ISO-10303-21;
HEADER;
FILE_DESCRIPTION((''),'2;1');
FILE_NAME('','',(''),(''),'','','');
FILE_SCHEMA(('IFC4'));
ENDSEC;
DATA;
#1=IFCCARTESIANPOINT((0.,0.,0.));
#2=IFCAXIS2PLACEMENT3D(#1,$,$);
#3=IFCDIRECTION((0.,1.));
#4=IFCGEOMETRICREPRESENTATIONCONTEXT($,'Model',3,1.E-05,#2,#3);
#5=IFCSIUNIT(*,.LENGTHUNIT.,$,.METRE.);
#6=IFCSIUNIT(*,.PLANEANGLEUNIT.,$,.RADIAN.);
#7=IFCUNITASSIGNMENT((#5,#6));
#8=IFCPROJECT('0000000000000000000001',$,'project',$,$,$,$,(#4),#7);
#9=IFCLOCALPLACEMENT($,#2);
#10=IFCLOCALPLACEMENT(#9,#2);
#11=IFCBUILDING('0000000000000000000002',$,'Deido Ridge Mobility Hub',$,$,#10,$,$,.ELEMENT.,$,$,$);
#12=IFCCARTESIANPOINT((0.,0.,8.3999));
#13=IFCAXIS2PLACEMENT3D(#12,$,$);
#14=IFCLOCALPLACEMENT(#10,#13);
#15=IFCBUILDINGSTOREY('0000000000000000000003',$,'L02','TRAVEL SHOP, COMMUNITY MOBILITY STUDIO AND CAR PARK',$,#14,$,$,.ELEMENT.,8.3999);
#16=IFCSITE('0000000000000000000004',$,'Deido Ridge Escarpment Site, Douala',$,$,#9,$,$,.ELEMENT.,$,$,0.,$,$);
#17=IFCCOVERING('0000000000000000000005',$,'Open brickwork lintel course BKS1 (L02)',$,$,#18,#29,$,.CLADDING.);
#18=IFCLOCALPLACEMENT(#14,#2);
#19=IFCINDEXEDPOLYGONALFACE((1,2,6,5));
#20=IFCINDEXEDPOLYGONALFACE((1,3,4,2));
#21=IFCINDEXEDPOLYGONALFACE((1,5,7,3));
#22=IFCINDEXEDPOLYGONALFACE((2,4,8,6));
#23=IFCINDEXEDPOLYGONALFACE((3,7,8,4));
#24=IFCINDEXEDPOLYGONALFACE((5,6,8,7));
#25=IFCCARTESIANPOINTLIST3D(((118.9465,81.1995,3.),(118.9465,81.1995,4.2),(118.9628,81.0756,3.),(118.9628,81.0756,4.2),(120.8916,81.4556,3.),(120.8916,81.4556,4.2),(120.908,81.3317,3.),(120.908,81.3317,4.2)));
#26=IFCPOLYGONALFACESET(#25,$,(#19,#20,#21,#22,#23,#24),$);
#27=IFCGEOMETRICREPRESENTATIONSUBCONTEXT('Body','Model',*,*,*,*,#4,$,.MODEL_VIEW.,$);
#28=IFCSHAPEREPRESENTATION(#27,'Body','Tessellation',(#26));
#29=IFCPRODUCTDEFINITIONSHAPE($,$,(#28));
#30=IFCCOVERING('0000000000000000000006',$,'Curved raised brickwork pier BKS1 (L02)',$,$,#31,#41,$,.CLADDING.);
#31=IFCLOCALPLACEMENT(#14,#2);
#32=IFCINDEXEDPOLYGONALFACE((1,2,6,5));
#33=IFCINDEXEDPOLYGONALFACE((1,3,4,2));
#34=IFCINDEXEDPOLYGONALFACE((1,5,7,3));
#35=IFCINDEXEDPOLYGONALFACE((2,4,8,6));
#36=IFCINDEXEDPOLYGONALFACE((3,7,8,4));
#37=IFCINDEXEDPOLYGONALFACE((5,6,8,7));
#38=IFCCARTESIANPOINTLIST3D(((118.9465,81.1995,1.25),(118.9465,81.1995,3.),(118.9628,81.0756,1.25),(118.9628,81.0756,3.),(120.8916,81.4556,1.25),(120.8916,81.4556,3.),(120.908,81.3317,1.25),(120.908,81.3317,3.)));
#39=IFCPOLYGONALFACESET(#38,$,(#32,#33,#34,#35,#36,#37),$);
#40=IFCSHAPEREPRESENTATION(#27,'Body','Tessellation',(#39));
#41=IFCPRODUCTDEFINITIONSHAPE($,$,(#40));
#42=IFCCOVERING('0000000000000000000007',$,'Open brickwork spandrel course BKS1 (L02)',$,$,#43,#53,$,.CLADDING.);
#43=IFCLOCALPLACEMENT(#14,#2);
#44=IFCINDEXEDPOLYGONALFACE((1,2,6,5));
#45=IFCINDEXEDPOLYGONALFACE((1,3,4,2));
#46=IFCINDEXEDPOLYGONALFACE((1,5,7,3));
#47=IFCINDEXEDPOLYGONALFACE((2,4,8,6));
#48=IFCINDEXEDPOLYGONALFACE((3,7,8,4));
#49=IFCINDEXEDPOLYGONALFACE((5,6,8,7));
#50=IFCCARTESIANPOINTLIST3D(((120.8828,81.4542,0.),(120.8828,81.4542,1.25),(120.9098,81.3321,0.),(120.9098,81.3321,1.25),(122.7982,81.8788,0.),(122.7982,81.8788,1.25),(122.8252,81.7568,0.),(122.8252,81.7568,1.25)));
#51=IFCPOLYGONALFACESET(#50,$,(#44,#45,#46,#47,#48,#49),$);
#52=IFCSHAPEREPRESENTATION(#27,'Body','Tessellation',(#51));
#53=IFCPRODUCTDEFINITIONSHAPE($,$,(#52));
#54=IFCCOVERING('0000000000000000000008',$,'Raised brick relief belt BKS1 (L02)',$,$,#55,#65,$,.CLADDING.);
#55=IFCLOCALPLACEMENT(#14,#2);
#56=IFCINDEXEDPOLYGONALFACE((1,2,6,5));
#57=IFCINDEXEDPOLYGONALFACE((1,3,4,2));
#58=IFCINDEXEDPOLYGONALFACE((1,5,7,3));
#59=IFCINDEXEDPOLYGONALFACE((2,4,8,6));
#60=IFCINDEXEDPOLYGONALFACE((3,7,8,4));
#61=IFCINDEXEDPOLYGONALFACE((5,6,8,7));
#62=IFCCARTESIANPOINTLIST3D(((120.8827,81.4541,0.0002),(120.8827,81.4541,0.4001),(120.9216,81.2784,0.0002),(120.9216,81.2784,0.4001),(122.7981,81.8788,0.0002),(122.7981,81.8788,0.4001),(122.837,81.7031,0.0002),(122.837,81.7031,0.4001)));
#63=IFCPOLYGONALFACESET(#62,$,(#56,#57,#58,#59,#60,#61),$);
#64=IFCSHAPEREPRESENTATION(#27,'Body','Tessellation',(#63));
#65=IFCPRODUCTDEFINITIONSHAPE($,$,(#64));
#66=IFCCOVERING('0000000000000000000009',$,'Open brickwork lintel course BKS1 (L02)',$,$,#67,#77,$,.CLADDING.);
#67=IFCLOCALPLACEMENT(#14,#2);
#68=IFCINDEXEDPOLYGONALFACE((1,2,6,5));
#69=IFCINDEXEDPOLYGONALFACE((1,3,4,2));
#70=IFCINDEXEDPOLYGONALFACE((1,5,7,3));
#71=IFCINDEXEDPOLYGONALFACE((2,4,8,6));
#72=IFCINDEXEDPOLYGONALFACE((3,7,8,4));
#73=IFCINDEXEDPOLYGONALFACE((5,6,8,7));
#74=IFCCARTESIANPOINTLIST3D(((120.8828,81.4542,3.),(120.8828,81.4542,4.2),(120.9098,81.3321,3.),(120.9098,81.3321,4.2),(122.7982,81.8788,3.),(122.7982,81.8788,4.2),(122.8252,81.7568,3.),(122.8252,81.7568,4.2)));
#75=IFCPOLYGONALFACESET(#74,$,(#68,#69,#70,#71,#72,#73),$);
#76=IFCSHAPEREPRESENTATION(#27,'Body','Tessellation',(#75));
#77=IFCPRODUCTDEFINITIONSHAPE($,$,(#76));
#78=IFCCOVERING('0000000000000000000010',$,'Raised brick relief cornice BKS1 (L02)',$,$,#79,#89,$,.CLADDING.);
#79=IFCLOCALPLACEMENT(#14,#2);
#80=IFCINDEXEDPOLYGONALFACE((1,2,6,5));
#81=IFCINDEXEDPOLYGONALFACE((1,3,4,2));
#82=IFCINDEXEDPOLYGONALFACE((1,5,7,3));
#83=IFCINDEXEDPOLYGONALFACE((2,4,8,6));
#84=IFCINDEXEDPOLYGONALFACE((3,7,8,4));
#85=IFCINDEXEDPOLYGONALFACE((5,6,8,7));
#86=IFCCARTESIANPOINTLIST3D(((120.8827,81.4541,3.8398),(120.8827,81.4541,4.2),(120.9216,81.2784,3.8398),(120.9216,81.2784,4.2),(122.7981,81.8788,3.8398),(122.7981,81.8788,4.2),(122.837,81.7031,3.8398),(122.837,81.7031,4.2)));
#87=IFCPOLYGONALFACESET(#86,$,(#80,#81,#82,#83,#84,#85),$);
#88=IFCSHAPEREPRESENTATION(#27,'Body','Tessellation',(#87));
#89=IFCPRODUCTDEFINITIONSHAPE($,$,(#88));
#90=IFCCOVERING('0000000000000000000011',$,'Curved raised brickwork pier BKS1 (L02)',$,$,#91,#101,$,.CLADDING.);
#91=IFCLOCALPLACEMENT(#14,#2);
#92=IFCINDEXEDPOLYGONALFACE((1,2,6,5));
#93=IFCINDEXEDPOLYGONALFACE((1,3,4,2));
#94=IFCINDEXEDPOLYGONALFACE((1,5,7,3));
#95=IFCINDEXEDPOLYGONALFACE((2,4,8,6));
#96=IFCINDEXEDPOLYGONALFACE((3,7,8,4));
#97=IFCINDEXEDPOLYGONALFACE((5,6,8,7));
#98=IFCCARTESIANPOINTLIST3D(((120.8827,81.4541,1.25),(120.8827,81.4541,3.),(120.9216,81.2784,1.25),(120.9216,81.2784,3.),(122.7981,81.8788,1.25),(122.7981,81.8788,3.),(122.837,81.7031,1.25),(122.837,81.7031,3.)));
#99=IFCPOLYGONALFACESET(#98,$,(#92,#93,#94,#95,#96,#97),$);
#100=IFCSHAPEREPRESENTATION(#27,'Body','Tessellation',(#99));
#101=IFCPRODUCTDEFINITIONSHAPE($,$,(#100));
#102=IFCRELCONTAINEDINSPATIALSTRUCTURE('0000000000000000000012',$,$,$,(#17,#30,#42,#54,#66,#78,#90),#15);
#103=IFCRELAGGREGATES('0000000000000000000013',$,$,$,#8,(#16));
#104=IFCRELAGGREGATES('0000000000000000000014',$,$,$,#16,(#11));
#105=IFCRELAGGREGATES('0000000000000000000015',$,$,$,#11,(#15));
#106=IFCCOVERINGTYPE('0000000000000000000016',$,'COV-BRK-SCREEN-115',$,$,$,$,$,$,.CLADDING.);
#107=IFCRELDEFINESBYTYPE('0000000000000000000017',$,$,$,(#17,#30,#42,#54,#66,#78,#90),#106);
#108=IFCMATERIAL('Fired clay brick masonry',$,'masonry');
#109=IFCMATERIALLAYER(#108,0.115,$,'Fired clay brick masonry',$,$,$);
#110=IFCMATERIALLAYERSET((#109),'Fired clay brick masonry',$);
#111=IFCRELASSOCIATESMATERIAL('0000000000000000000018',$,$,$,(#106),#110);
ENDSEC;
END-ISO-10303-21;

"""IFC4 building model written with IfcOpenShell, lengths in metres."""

from ifc_helpers import new_model, si_unit, direction, frame, origin, origin_2d, place, context, subcontext, project, spatial, rectangle, extrude, material, layer, layer_set, type_object, element, save


model = new_model("IFC4")

# Units and contexts
model_context = context("Model", 3, precision=1e-05, world=origin(), true_north=direction((0.0, 1.0)))
body_context = subcontext(model_context, "Body", "Model", "MODEL_VIEW")
ifc_project = project(units=[si_unit("LENGTHUNIT", "METRE"), si_unit("PLANEANGLEUNIT", "RADIAN")], contexts=[model_context])

# Site, building, storey
site_placement = place(None, origin())
site = spatial("IfcSite", under=ifc_project, at=site_placement, Name="Deido Ridge Escarpment Site, Douala", CompositionType="ELEMENT", RefElevation=0.0)
building_placement = place(site_placement, origin())
building = spatial("IfcBuilding", under=site, at=building_placement, Name="Deido Ridge Mobility Hub", CompositionType="ELEMENT")
storey_placement = place(building_placement, frame((0.0, 0.0, 8.3999)))
storey = spatial("IfcBuildingStorey", under=building, at=storey_placement, Name="L02", Description="TRAVEL SHOP, COMMUNITY MOBILITY STUDIO AND CAR PARK", CompositionType="ELEMENT", Elevation=8.3999)

# Coverings
ifc_material_1 = material(Name="Fired clay brick masonry", Category="masonry")
ifc_layer_1 = layer(ifc_material_1, 0.115, Name="Fired clay brick masonry")
ifc_layer_set_1 = layer_set([ifc_layer_1], Name="Fired clay brick masonry")
covering_type = type_object("IfcCoveringType", Name="COV-BRK-SCREEN-115", PredefinedType="CLADDING", material=ifc_layer_set_1)
covering_1_placement = place(storey_placement, frame((119.9272, 81.2656, 3.0), z_axis=(0.0, 0.0, 1.0), x_axis=(0.991443, 0.130543, 0.0)))
element("IfcCovering", 1, at=covering_1_placement, inside=storey, type_object=covering_type, Name="Open brickwork lintel course BKS1 (L02)", PredefinedType="CLADDING", context=body_context, shape_type="SweptSolid", body=[
    extrude(rectangle(XDim=1.9619, YDim=0.125, at=origin_2d()), origin(), (0.0, 0.0, 1.0), 1.2),
])
covering_2_placement = place(storey_placement, frame((119.9272, 81.2656, 1.25), z_axis=(0.0, 0.0, 1.0), x_axis=(0.991443, 0.130543, 0.0)))
element("IfcCovering", 2, at=covering_2_placement, inside=storey, type_object=covering_type, Name="Curved raised brickwork pier BKS1 (L02)", PredefinedType="CLADDING", context=body_context, shape_type="SweptSolid", body=[
    extrude(rectangle(XDim=1.9619, YDim=0.125, at=origin_2d()), origin(), (0.0, 0.0, 1.0), 1.75),
])
covering_3_placement = place(storey_placement, frame((121.854, 81.6055, 0.0), z_axis=(0.0, 0.0, 1.0), x_axis=(0.976292, 0.216457, 0.0)))
element("IfcCovering", 3, at=covering_3_placement, inside=storey, type_object=covering_type, Name="Open brickwork spandrel course BKS1 (L02)", PredefinedType="CLADDING", context=body_context, shape_type="SweptSolid", body=[
    extrude(rectangle(XDim=1.9619, YDim=0.125, at=origin_2d()), origin(), (0.0, 0.0, 1.0), 1.25),
])
covering_4_placement = place(storey_placement, frame((121.8599, 81.5786, 0.0002), z_axis=(0.0, 0.0, 1.0), x_axis=(0.976292, 0.216457, 0.0)))
element("IfcCovering", 4, at=covering_4_placement, inside=storey, type_object=covering_type, Name="Raised brick relief belt BKS1 (L02)", PredefinedType="CLADDING", context=body_context, shape_type="SweptSolid", body=[
    extrude(rectangle(XDim=1.9619, YDim=0.1799, at=origin_2d()), origin(), (0.0, 0.0, 1.0), 0.3999),
])
covering_5_placement = place(storey_placement, frame((121.854, 81.6055, 3.0), z_axis=(0.0, 0.0, 1.0), x_axis=(0.976292, 0.216457, 0.0)))
element("IfcCovering", 5, at=covering_5_placement, inside=storey, type_object=covering_type, Name="Open brickwork lintel course BKS1 (L02)", PredefinedType="CLADDING", context=body_context, shape_type="SweptSolid", body=[
    extrude(rectangle(XDim=1.9619, YDim=0.125, at=origin_2d()), origin(), (0.0, 0.0, 1.0), 1.2),
])
covering_6_placement = place(storey_placement, frame((121.8599, 81.5786, 3.8398), z_axis=(0.0, 0.0, 1.0), x_axis=(0.976292, 0.216457, 0.0)))
element("IfcCovering", 6, at=covering_6_placement, inside=storey, type_object=covering_type, Name="Raised brick relief cornice BKS1 (L02)", PredefinedType="CLADDING", context=body_context, shape_type="SweptSolid", body=[
    extrude(rectangle(XDim=1.9619, YDim=0.1799, at=origin_2d()), origin(), (0.0, 0.0, 1.0), 0.3601),
])
covering_7_placement = place(storey_placement, frame((121.8599, 81.5786, 1.25), z_axis=(0.0, 0.0, 1.0), x_axis=(0.976292, 0.216457, 0.0)))
element("IfcCovering", 7, at=covering_7_placement, inside=storey, type_object=covering_type, Name="Curved raised brickwork pier BKS1 (L02)", PredefinedType="CLADDING", context=body_context, shape_type="SweptSolid", body=[
    extrude(rectangle(XDim=1.9619, YDim=0.1799, at=origin_2d()), origin(), (0.0, 0.0, 1.0), 1.75),
])

save(model, "model.ifc")
